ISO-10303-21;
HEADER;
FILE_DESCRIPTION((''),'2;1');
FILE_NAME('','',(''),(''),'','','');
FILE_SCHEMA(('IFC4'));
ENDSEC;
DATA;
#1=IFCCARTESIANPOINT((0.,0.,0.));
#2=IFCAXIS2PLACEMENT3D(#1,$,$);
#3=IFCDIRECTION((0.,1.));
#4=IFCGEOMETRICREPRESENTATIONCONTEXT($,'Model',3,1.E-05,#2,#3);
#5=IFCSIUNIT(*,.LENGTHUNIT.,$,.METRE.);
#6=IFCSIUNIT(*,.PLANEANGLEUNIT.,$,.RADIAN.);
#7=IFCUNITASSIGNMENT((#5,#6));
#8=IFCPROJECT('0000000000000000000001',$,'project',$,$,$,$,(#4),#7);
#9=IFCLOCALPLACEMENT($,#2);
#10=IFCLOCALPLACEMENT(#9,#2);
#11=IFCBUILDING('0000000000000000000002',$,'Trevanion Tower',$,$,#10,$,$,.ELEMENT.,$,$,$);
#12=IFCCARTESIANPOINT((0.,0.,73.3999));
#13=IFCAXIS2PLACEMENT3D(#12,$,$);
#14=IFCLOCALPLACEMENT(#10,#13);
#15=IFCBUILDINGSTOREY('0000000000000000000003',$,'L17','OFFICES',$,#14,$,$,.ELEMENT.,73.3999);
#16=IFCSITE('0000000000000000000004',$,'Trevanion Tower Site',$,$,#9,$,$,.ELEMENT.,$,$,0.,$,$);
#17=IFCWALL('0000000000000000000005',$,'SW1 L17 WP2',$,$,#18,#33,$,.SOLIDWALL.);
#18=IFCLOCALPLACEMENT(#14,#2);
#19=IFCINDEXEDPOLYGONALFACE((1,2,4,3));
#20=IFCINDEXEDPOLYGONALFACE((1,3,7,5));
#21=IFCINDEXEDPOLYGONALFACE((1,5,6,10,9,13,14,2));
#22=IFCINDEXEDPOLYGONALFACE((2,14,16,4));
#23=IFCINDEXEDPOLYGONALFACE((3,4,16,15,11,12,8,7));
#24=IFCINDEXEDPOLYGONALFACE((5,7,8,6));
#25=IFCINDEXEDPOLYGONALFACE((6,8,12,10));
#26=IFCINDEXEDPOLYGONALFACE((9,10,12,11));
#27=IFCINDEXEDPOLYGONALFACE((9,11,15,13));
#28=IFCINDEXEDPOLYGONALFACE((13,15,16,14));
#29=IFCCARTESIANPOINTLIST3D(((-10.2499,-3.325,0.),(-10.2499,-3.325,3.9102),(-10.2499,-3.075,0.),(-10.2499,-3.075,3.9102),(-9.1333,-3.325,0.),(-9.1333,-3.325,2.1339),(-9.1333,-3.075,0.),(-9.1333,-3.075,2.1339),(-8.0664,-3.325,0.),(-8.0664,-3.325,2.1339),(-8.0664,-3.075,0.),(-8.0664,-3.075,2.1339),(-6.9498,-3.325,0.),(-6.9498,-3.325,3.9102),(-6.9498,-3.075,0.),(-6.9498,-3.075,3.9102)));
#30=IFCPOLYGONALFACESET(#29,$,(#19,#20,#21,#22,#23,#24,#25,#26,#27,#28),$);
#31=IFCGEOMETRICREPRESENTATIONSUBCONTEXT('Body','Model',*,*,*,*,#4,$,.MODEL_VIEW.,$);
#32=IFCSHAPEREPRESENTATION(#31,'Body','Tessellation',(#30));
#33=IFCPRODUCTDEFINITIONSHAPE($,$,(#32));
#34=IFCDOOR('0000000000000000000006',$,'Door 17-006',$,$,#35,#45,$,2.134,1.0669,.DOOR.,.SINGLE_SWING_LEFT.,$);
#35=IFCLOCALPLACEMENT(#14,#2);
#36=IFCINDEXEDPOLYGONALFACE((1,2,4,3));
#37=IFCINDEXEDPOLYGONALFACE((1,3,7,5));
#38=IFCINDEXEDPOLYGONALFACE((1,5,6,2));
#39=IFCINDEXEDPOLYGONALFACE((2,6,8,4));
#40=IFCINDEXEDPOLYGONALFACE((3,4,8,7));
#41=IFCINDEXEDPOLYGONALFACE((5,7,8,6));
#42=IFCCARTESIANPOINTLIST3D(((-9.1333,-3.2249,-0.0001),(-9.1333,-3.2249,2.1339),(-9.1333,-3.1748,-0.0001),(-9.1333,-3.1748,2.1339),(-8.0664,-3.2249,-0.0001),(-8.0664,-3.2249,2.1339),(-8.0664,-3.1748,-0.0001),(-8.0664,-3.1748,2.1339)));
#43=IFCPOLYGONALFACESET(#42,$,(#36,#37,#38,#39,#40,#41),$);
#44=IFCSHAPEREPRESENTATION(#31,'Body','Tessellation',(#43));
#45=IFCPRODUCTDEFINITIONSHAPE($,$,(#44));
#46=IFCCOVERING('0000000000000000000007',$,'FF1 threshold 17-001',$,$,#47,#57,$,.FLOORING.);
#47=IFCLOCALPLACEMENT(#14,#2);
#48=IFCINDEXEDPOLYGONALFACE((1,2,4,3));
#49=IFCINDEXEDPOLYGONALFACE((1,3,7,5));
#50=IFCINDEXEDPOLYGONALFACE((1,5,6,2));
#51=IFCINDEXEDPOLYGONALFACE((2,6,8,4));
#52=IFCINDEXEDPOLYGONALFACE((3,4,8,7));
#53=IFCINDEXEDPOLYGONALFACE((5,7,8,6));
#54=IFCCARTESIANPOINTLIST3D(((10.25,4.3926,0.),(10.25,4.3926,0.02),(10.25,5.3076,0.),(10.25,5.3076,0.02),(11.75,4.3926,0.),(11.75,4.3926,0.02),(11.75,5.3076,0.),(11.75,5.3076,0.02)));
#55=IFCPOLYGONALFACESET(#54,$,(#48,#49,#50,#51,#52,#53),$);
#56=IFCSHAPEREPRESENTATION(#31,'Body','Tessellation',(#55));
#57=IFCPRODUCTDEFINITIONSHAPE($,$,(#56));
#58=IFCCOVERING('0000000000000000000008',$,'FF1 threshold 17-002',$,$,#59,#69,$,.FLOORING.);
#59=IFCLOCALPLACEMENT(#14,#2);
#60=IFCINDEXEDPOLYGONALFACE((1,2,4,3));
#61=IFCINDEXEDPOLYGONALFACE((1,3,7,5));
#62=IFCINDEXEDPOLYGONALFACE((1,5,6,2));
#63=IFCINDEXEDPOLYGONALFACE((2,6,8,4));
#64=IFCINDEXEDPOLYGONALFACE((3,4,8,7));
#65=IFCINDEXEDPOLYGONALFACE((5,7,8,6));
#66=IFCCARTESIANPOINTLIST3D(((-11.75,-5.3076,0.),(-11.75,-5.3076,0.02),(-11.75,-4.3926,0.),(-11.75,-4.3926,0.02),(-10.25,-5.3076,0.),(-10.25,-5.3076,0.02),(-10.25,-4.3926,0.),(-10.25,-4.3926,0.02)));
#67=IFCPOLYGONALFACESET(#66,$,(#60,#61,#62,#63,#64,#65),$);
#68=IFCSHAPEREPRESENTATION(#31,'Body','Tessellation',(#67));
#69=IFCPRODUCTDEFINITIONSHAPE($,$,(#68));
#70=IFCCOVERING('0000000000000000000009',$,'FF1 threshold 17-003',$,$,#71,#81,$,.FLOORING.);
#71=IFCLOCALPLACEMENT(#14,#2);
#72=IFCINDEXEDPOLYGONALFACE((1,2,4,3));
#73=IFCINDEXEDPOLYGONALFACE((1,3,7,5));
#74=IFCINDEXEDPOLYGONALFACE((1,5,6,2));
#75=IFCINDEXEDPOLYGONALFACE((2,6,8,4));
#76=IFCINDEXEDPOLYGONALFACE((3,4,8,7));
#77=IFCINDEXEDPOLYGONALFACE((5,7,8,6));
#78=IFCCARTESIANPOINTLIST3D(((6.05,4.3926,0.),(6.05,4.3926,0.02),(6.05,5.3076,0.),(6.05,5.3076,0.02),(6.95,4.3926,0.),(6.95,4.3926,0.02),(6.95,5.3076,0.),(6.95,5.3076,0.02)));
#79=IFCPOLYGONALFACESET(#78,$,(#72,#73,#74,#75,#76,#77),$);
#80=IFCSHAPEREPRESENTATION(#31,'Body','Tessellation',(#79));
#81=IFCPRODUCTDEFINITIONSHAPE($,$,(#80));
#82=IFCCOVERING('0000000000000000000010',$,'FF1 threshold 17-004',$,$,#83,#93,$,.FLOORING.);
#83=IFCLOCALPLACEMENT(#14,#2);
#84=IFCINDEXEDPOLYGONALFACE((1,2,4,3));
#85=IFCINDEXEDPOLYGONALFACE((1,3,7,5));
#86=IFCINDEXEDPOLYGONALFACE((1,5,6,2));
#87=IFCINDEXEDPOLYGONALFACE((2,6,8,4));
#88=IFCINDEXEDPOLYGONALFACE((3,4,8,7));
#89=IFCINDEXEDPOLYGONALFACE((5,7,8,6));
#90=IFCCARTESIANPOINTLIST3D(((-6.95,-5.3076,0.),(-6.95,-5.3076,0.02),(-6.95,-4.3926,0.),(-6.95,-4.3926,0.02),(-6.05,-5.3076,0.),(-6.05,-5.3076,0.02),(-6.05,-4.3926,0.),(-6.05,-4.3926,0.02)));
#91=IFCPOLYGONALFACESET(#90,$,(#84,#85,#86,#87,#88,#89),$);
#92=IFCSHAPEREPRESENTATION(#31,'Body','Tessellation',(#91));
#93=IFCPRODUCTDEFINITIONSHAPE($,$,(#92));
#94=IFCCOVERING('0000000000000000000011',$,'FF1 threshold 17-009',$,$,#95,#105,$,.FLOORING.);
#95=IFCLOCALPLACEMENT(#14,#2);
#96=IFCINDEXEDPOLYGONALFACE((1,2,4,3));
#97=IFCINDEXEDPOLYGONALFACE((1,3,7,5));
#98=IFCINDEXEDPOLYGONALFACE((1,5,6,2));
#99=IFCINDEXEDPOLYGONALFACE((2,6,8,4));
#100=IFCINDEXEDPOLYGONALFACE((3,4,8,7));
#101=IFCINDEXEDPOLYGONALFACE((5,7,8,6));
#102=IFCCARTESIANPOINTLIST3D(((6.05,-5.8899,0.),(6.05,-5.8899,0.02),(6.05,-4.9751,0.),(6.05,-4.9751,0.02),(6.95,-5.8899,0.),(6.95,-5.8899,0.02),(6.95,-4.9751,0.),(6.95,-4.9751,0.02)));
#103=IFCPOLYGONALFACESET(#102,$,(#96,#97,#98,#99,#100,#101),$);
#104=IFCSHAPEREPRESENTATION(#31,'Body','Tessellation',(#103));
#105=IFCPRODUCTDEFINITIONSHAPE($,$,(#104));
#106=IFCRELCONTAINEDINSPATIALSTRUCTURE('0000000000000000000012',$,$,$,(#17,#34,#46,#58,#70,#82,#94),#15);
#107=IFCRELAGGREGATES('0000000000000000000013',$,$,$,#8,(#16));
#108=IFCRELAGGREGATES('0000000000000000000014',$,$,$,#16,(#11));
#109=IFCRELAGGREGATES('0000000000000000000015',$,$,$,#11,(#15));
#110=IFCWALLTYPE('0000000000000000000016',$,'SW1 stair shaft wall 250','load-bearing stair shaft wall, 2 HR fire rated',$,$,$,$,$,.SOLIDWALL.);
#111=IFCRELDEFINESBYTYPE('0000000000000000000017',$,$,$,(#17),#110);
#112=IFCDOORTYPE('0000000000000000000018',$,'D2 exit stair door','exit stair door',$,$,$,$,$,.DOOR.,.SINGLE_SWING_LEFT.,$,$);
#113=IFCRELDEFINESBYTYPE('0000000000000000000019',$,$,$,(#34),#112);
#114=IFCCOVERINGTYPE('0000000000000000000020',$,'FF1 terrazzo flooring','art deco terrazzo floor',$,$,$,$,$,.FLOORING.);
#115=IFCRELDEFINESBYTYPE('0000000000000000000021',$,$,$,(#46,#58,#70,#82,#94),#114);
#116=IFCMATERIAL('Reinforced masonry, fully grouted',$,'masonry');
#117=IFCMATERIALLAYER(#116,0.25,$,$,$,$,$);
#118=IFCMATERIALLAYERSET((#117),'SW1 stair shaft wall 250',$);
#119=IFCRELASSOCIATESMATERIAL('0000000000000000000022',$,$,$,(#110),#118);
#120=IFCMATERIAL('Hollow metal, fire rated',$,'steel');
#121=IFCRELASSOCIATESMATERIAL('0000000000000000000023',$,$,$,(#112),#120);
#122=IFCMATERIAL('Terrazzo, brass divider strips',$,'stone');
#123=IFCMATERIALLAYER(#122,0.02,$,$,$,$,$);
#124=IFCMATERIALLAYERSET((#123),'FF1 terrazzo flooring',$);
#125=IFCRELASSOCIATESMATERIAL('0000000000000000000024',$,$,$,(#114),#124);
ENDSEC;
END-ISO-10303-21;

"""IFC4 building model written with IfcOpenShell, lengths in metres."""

from ifc_helpers import new_model, si_unit, direction, frame, frame_2d, origin, place, context, subcontext, project, spatial, polyline, rectangle, outline, extrude, material, layer, layer_set, type_object, element, fill, save


model = new_model("IFC4")

# Units and contexts
model_context = context("Model", 3, precision=1e-05, world=origin(), true_north=direction((0.0, 1.0)))
body_context = subcontext(model_context, "Body", "Model", "MODEL_VIEW")
ifc_project = project(units=[si_unit("LENGTHUNIT", "METRE"), si_unit("PLANEANGLEUNIT", "RADIAN")], contexts=[model_context])

# Site, building, storey
site_placement = place(None, origin())
site = spatial("IfcSite", under=ifc_project, at=site_placement, Name="Trevanion Tower Site", CompositionType="ELEMENT", RefElevation=0.0)
building_placement = place(site_placement, origin())
building = spatial("IfcBuilding", under=site, at=building_placement, Name="Trevanion Tower", CompositionType="ELEMENT")
storey_placement = place(building_placement, frame((0.0, 0.0, 73.3999)))
storey = spatial("IfcBuildingStorey", under=building, at=storey_placement, Name="L17", Description="OFFICES", CompositionType="ELEMENT", Elevation=73.3999)

# Wall, opening, door
ifc_material_1 = material(Name="Reinforced masonry, fully grouted", Category="masonry")
ifc_layer_1 = layer(ifc_material_1, 0.25)
ifc_layer_set_1 = layer_set([ifc_layer_1], Name="SW1 stair shaft wall 250")
wall_type_1 = type_object("IfcWallType", Name="SW1 stair shaft wall 250", Description="load-bearing stair shaft wall, 2 HR fire rated", PredefinedType="SOLIDWALL", material=ifc_layer_set_1)
wall_1_placement = place(storey_placement, frame((-6.95, -3.2, 0.0), z_axis=(0.0, 0.0, 1.0), x_axis=(-1.0, 0.0, 0.0)))
wall_1 = element("IfcWall", 1, at=wall_1_placement, inside=storey, type_object=wall_type_1, Name="SW1 L17 WP2", PredefinedType="SOLIDWALL", context=body_context, shape_type="SweptSolid", body=[
    extrude(rectangle(XDim=3.3, YDim=0.25, at=frame_2d((1.6499, 0.0))), origin(), (0.0, 0.0, 1.0), 3.9102),
])
opening_1_placement = place(wall_1_placement, frame((1.1165, 0.0, 0.0)))
opening_1 = element("IfcOpeningElement", 2, at=opening_1_placement, cuts=wall_1, PredefinedType="OPENING", context=body_context, shape_type="SweptSolid", body=[
    extrude(rectangle(XDim=1.0669, YDim=2.134, at=frame_2d((0.5334, 1.0669))), frame((0.0, 0.135, 0.0), z_axis=(0.0, -1.0, 0.0), x_axis=(1.0, 0.0, 0.0)), (0.0, 0.0, 1.0), 0.27),
])
ifc_material_2 = material(Name="Hollow metal, fire rated", Category="steel")
door_type_1 = type_object("IfcDoorType", Name="D2 exit stair door", Description="exit stair door", OperationType="SINGLE_SWING_LEFT", PredefinedType="DOOR", material=ifc_material_2)
door_1_placement = place(opening_1_placement, origin())
door_1 = element("IfcDoor", 3, at=door_1_placement, inside=storey, type_object=door_type_1, Name="Door 17-006", OperationType="SINGLE_SWING_LEFT", OverallHeight=2.134, OverallWidth=1.0669, PredefinedType="DOOR", context=body_context, shape_type="SweptSolid", body=[
    extrude(rectangle(XDim=1.0669, YDim=2.134, at=frame_2d((0.5334, 1.0669))), frame((0.0, 0.0249, 0.0), z_axis=(0.0, -1.0, 0.0), x_axis=(1.0, 0.0, 0.0)), (0.0, 0.0, 1.0), 0.05),
])
fill(opening_1, door_1)

# Coverings
ifc_material_3 = material(Name="Terrazzo, brass divider strips", Category="stone")
ifc_layer_2 = layer(ifc_material_3, 0.02)
ifc_layer_set_2 = layer_set([ifc_layer_2], Name="FF1 terrazzo flooring")
covering_type = type_object("IfcCoveringType", Name="FF1 terrazzo flooring", Description="art deco terrazzo floor", PredefinedType="FLOORING", material=ifc_layer_set_2)
covering_1_placement = place(storey_placement, origin())
element("IfcCovering", 4, at=covering_1_placement, inside=storey, type_object=covering_type, Name="FF1 threshold 17-001", PredefinedType="FLOORING", context=body_context, shape_type="SweptSolid", body=[
    extrude(outline(polyline([(11.75, 4.3926), (11.75, 5.3076), (10.25, 5.3076), (10.25, 4.3926), (11.75, 4.3926)])), origin(), (0.0, 0.0, 1.0), 0.02),
])
covering_2_placement = place(storey_placement, origin())
element("IfcCovering", 5, at=covering_2_placement, inside=storey, type_object=covering_type, Name="FF1 threshold 17-002", PredefinedType="FLOORING", context=body_context, shape_type="SweptSolid", body=[
    extrude(outline(polyline([(-11.75, -4.3926), (-11.75, -5.3076), (-10.25, -5.3076), (-10.25, -4.3926), (-11.75, -4.3926)])), origin(), (0.0, 0.0, 1.0), 0.02),
])
covering_3_placement = place(storey_placement, origin())
element("IfcCovering", 6, at=covering_3_placement, inside=storey, type_object=covering_type, Name="FF1 threshold 17-003", PredefinedType="FLOORING", context=body_context, shape_type="SweptSolid", body=[
    extrude(outline(polyline([(6.95, 4.3926), (6.95, 5.3076), (6.05, 5.3076), (6.05, 4.3926), (6.95, 4.3926)])), origin(), (0.0, 0.0, 1.0), 0.02),
])
covering_4_placement = place(storey_placement, origin())
element("IfcCovering", 7, at=covering_4_placement, inside=storey, type_object=covering_type, Name="FF1 threshold 17-004", PredefinedType="FLOORING", context=body_context, shape_type="SweptSolid", body=[
    extrude(outline(polyline([(-6.95, -4.3926), (-6.95, -5.3076), (-6.05, -5.3076), (-6.05, -4.3926), (-6.95, -4.3926)])), origin(), (0.0, 0.0, 1.0), 0.02),
])
covering_5_placement = place(storey_placement, origin())
element("IfcCovering", 8, at=covering_5_placement, inside=storey, type_object=covering_type, Name="FF1 threshold 17-009", PredefinedType="FLOORING", context=body_context, shape_type="SweptSolid", body=[
    extrude(outline(polyline([(6.95, -5.8899), (6.95, -4.9751), (6.05, -4.9751), (6.05, -5.8899), (6.95, -5.8899)])), origin(), (0.0, 0.0, 1.0), 0.02),
])

save(model, "model.ifc")
